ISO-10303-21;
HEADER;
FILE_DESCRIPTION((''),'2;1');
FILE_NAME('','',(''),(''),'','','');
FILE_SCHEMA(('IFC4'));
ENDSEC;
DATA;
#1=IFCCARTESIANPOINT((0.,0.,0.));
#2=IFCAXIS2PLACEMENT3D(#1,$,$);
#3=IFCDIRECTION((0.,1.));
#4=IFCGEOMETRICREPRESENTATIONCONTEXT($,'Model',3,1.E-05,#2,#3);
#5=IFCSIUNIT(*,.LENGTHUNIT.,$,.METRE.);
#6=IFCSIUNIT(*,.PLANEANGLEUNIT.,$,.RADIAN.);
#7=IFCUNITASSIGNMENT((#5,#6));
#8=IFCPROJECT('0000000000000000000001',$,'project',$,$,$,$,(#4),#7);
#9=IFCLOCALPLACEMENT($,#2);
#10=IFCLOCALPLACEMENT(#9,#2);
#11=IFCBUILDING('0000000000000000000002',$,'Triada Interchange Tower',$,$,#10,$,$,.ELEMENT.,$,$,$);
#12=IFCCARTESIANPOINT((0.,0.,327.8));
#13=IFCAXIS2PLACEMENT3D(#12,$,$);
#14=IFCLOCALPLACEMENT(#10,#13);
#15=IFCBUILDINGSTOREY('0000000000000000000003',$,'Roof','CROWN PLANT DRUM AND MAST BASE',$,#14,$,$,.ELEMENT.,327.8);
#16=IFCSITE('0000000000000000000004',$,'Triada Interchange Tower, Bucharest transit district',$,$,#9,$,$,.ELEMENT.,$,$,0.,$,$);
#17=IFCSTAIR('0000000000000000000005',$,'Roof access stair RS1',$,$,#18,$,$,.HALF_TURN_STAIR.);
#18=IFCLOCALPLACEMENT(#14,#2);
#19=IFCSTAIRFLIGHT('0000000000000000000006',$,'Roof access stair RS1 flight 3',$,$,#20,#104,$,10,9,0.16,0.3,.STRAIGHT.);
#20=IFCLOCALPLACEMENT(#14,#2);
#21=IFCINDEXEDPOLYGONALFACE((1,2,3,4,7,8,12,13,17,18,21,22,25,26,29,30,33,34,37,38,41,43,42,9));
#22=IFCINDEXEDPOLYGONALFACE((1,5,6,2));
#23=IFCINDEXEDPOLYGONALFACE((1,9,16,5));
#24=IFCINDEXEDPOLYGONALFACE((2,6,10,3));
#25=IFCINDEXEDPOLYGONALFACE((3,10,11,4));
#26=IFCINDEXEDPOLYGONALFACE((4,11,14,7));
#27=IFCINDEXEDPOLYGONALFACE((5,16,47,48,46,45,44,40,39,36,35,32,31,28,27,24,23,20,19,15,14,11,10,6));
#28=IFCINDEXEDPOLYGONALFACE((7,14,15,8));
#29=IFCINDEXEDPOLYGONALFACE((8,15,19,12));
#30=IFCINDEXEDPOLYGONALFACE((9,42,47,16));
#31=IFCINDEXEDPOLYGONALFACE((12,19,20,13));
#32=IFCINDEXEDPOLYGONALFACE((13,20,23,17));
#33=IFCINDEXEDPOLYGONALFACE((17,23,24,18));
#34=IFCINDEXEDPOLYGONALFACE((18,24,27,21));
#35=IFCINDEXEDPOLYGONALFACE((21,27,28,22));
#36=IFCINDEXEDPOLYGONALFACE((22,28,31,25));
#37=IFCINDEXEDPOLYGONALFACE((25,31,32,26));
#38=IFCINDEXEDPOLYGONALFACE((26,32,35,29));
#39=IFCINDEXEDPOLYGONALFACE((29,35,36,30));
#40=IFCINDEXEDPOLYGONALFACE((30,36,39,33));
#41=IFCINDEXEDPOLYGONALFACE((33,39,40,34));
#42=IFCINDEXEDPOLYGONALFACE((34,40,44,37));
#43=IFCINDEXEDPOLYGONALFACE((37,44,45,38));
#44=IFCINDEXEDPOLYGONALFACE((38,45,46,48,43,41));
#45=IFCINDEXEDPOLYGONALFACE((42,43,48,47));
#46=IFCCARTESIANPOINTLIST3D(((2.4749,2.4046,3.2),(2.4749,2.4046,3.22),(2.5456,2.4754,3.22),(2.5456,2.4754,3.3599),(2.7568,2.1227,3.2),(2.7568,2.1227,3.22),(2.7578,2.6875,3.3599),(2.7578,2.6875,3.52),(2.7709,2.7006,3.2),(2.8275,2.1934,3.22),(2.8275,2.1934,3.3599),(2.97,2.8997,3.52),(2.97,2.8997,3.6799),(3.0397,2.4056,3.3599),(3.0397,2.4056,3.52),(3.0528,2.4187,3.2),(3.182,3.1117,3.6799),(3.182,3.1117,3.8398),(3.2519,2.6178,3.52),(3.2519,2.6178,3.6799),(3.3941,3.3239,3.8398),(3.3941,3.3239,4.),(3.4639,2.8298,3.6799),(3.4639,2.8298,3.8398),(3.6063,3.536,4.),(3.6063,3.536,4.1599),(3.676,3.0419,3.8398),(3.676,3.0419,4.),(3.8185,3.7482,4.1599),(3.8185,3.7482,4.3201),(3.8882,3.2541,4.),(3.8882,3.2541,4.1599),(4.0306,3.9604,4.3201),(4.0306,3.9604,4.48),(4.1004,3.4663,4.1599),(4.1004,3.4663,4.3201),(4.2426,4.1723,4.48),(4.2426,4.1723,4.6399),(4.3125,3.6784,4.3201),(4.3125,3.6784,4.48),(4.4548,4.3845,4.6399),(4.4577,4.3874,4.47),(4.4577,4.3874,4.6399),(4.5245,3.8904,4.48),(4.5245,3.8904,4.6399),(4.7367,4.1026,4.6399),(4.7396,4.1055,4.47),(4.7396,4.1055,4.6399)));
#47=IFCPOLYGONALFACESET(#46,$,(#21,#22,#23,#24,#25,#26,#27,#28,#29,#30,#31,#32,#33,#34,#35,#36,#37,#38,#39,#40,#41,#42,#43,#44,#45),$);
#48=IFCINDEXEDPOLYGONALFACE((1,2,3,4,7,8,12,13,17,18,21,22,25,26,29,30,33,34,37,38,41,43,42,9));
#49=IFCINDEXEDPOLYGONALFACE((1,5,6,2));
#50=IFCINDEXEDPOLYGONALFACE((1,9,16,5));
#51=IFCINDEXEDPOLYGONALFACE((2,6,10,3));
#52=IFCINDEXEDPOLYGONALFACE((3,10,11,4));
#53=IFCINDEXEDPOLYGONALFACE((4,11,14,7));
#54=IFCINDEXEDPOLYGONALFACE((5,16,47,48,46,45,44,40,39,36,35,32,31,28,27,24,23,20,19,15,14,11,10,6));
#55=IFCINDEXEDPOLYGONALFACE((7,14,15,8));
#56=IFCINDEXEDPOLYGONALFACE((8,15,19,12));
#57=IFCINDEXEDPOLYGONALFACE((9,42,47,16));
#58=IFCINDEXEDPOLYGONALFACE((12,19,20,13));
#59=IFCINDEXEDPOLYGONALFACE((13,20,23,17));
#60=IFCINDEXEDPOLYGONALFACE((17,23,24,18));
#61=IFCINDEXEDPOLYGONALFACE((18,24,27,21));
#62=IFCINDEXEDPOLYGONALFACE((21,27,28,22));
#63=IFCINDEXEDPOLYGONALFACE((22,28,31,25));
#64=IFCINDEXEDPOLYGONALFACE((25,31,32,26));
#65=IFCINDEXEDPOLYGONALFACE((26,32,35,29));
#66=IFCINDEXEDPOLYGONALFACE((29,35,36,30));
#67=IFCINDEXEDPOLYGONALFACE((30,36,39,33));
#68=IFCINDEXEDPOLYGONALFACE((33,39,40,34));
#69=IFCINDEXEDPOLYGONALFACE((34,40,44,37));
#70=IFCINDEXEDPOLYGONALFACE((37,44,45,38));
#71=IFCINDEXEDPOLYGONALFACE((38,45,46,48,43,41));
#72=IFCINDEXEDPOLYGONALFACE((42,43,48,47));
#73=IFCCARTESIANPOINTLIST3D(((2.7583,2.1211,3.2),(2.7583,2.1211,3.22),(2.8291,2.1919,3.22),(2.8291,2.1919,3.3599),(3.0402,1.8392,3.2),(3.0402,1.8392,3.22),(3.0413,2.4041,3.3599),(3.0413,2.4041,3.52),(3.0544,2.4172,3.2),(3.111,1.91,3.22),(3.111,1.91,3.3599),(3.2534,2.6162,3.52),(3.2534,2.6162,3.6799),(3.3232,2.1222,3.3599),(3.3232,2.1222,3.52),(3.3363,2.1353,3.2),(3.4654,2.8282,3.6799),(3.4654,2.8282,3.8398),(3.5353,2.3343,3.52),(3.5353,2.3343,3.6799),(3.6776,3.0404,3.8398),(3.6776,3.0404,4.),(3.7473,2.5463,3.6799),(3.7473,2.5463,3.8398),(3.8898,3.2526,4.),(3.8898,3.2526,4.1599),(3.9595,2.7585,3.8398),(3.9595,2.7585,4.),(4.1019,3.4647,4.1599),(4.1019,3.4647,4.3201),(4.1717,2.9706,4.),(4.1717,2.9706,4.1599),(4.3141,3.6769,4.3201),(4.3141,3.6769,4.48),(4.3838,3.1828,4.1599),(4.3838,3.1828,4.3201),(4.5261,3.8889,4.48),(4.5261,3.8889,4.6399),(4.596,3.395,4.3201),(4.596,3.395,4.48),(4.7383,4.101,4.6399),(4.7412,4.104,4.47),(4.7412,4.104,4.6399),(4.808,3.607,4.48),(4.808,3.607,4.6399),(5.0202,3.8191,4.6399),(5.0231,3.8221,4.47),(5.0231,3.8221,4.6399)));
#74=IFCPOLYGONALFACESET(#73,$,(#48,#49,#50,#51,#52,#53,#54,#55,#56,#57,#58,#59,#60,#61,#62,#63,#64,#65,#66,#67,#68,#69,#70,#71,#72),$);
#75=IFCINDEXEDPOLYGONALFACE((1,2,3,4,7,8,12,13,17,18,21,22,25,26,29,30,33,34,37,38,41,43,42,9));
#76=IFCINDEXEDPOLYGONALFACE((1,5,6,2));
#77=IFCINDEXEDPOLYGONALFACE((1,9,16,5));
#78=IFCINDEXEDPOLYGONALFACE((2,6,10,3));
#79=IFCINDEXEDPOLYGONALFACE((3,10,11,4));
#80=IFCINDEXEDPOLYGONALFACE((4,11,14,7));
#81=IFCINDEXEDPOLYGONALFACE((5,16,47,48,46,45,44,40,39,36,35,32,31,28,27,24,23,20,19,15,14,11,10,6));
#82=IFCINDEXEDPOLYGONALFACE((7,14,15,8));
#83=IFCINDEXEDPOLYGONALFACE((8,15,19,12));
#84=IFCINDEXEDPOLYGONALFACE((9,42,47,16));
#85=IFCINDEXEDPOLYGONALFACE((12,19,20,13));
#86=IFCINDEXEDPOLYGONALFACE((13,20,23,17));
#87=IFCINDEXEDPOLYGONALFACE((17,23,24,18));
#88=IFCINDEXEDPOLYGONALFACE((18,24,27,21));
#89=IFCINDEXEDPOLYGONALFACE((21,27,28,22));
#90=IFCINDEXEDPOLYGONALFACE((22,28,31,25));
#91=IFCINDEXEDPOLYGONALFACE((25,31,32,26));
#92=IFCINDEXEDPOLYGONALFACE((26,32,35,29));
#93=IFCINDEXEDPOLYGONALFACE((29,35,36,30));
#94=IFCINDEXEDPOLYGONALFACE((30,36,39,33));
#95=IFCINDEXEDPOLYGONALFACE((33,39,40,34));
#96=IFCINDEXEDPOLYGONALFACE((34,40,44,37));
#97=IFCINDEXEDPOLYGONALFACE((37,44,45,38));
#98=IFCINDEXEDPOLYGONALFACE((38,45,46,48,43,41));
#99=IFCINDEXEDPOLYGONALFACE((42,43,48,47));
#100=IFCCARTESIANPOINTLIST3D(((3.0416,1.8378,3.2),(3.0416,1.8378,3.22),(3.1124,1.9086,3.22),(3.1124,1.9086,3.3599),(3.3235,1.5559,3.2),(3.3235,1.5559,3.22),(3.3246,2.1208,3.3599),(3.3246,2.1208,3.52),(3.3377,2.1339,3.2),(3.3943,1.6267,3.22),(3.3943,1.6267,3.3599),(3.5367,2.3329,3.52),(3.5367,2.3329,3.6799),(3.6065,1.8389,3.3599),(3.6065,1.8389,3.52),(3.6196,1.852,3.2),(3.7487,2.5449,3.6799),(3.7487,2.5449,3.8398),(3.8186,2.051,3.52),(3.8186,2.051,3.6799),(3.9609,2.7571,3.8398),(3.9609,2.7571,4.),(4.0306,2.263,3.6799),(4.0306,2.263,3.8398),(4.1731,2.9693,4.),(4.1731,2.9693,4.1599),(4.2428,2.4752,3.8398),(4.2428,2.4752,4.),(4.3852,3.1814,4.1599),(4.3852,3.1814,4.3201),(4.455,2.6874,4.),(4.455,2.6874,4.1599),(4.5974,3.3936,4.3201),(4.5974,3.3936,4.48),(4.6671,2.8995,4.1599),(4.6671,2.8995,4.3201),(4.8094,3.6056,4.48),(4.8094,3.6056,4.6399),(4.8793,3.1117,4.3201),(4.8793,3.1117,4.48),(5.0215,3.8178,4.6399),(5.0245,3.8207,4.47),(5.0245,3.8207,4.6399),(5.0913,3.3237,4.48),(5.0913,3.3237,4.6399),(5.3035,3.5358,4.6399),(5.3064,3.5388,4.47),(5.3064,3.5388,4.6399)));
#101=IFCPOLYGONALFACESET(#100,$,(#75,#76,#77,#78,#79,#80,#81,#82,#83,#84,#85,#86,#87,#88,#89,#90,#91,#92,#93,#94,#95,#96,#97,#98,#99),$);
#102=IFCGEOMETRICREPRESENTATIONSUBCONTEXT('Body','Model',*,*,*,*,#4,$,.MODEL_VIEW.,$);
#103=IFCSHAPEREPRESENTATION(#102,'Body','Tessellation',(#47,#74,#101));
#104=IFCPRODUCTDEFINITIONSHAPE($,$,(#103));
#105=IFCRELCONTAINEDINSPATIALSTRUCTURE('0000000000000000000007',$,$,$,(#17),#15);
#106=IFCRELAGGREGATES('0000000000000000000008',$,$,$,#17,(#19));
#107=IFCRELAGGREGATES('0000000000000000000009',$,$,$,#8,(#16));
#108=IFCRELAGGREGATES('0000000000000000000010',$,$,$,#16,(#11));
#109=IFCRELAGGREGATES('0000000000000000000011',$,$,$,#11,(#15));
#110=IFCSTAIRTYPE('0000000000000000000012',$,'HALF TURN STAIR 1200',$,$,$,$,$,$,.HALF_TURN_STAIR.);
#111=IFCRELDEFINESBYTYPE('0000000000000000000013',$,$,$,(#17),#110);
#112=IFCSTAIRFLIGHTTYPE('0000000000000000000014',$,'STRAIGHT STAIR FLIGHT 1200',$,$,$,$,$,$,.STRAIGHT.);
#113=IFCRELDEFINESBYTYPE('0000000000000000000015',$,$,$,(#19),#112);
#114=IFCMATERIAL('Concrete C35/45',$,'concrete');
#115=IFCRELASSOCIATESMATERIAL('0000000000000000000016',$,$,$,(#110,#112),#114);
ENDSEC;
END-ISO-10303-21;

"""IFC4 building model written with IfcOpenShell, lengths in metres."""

from ifc_helpers import new_model, si_unit, direction, frame, origin, place, context, subcontext, project, spatial, polyline, outline, extrude, material, type_object, element, aggregate, save


model = new_model("IFC4")

# Units and contexts
model_context = context("Model", 3, precision=1e-05, world=origin(), true_north=direction((0.0, 1.0)))
body_context = subcontext(model_context, "Body", "Model", "MODEL_VIEW")
ifc_project = project(units=[si_unit("LENGTHUNIT", "METRE"), si_unit("PLANEANGLEUNIT", "RADIAN")], contexts=[model_context])

# Site, building, storey
site_placement = place(None, origin())
site = spatial("IfcSite", under=ifc_project, at=site_placement, Name="Triada Interchange Tower, Bucharest transit district", CompositionType="ELEMENT", RefElevation=0.0)
building_placement = place(site_placement, origin())
building = spatial("IfcBuilding", under=site, at=building_placement, Name="Triada Interchange Tower", CompositionType="ELEMENT")
storey_placement = place(building_placement, frame((0.0, 0.0, 327.8)))
storey = spatial("IfcBuildingStorey", under=building, at=storey_placement, Name="Roof", Description="CROWN PLANT DRUM AND MAST BASE", CompositionType="ELEMENT", Elevation=327.8)

# Stair, stair flight
ifc_material_1 = material(Name="Concrete C35/45", Category="concrete")
stair_type = type_object("IfcStairType", Name="HALF TURN STAIR 1200", PredefinedType="HALF_TURN_STAIR", material=ifc_material_1)
stair_placement = place(storey_placement, origin())
stair = element("IfcStair", 1, at=stair_placement, inside=storey, type_object=stair_type, Name="Roof access stair RS1", PredefinedType="HALF_TURN_STAIR")
stair_flight_type = type_object("IfcStairFlightType", Name="STRAIGHT STAIR FLIGHT 1200", PredefinedType="STRAIGHT", material=ifc_material_1)
stair_flight_1_placement = place(storey_placement, frame((2.97, 2.051, 3.2), z_axis=(0.0, 0.0, 1.0), x_axis=(0.707107, 0.707107, 0.0)))
stair_flight_1 = element("IfcStairFlight", 2, at=stair_flight_1_placement, type_object=stair_flight_type, Name="Roof access stair RS1 flight 3", NumberOfRisers=10, NumberOfTreads=9, PredefinedType="STRAIGHT", RiserHeight=0.16, TreadLength=0.3, context=body_context, shape_type="SweptSolid", body=[
    extrude(outline(polyline([(-0.1001, 0.0), (-0.1001, 0.02), (0.0, 0.02), (0.0, 0.1599), (0.3, 0.1599), (0.3, 0.3201), (0.6001, 0.3201), (0.6001, 0.48), (0.8999, 0.48), (0.8999, 0.6399), (1.2, 0.6399), (1.2, 0.8), (1.5, 0.8), (1.5, 0.96), (1.8, 0.96), (1.8, 1.1201), (2.1001, 1.1201), (2.1001, 1.28), (2.3999, 1.28), (2.3999, 1.4399), (2.7, 1.4399), (2.7041, 1.4399), (2.7041, 1.6001), (2.7041, 1.27), (0.3186, 0.0), (-0.1001, 0.0)])), frame((0.0, 0.6001, 0.0), z_axis=(0.0, -1.0, 0.0), x_axis=(1.0, 0.0, 0.0)), (0.0, 0.0, 1.0), 0.3987),
    extrude(outline(polyline([(-0.1001, 0.0), (-0.1001, 0.02), (0.0, 0.02), (0.0, 0.1599), (0.3, 0.1599), (0.3, 0.3201), (0.6001, 0.3201), (0.6001, 0.48), (0.8999, 0.48), (0.8999, 0.6399), (1.2, 0.6399), (1.2, 0.8), (1.5, 0.8), (1.5, 0.96), (1.8, 0.96), (1.8, 1.1201), (2.1001, 1.1201), (2.1001, 1.28), (2.3999, 1.28), (2.3999, 1.4399), (2.7, 1.4399), (2.7041, 1.4399), (2.7041, 1.6001), (2.7041, 1.27), (0.3186, 0.0), (-0.1001, 0.0)])), frame((0.0, 0.1992, 0.0), z_axis=(0.0, -1.0, 0.0), x_axis=(1.0, 0.0, 0.0)), (0.0, 0.0, 1.0), 0.3987),
    extrude(outline(polyline([(-0.1001, 0.0), (-0.1001, 0.02), (0.0, 0.02), (0.0, 0.1599), (0.3, 0.1599), (0.3, 0.3201), (0.6001, 0.3201), (0.6001, 0.48), (0.8999, 0.48), (0.8999, 0.6399), (1.2, 0.6399), (1.2, 0.8), (1.5, 0.8), (1.5, 0.96), (1.8, 0.96), (1.8, 1.1201), (2.1001, 1.1201), (2.1001, 1.28), (2.3999, 1.28), (2.3999, 1.4399), (2.7, 1.4399), (2.7041, 1.4399), (2.7041, 1.6001), (2.7041, 1.27), (0.3186, 0.0), (-0.1001, 0.0)])), frame((0.0, -0.2014, 0.0), z_axis=(0.0, -1.0, 0.0), x_axis=(1.0, 0.0, 0.0)), (0.0, 0.0, 1.0), 0.3987),
])

aggregate(stair, [stair_flight_1])

save(model, "model.ifc")
